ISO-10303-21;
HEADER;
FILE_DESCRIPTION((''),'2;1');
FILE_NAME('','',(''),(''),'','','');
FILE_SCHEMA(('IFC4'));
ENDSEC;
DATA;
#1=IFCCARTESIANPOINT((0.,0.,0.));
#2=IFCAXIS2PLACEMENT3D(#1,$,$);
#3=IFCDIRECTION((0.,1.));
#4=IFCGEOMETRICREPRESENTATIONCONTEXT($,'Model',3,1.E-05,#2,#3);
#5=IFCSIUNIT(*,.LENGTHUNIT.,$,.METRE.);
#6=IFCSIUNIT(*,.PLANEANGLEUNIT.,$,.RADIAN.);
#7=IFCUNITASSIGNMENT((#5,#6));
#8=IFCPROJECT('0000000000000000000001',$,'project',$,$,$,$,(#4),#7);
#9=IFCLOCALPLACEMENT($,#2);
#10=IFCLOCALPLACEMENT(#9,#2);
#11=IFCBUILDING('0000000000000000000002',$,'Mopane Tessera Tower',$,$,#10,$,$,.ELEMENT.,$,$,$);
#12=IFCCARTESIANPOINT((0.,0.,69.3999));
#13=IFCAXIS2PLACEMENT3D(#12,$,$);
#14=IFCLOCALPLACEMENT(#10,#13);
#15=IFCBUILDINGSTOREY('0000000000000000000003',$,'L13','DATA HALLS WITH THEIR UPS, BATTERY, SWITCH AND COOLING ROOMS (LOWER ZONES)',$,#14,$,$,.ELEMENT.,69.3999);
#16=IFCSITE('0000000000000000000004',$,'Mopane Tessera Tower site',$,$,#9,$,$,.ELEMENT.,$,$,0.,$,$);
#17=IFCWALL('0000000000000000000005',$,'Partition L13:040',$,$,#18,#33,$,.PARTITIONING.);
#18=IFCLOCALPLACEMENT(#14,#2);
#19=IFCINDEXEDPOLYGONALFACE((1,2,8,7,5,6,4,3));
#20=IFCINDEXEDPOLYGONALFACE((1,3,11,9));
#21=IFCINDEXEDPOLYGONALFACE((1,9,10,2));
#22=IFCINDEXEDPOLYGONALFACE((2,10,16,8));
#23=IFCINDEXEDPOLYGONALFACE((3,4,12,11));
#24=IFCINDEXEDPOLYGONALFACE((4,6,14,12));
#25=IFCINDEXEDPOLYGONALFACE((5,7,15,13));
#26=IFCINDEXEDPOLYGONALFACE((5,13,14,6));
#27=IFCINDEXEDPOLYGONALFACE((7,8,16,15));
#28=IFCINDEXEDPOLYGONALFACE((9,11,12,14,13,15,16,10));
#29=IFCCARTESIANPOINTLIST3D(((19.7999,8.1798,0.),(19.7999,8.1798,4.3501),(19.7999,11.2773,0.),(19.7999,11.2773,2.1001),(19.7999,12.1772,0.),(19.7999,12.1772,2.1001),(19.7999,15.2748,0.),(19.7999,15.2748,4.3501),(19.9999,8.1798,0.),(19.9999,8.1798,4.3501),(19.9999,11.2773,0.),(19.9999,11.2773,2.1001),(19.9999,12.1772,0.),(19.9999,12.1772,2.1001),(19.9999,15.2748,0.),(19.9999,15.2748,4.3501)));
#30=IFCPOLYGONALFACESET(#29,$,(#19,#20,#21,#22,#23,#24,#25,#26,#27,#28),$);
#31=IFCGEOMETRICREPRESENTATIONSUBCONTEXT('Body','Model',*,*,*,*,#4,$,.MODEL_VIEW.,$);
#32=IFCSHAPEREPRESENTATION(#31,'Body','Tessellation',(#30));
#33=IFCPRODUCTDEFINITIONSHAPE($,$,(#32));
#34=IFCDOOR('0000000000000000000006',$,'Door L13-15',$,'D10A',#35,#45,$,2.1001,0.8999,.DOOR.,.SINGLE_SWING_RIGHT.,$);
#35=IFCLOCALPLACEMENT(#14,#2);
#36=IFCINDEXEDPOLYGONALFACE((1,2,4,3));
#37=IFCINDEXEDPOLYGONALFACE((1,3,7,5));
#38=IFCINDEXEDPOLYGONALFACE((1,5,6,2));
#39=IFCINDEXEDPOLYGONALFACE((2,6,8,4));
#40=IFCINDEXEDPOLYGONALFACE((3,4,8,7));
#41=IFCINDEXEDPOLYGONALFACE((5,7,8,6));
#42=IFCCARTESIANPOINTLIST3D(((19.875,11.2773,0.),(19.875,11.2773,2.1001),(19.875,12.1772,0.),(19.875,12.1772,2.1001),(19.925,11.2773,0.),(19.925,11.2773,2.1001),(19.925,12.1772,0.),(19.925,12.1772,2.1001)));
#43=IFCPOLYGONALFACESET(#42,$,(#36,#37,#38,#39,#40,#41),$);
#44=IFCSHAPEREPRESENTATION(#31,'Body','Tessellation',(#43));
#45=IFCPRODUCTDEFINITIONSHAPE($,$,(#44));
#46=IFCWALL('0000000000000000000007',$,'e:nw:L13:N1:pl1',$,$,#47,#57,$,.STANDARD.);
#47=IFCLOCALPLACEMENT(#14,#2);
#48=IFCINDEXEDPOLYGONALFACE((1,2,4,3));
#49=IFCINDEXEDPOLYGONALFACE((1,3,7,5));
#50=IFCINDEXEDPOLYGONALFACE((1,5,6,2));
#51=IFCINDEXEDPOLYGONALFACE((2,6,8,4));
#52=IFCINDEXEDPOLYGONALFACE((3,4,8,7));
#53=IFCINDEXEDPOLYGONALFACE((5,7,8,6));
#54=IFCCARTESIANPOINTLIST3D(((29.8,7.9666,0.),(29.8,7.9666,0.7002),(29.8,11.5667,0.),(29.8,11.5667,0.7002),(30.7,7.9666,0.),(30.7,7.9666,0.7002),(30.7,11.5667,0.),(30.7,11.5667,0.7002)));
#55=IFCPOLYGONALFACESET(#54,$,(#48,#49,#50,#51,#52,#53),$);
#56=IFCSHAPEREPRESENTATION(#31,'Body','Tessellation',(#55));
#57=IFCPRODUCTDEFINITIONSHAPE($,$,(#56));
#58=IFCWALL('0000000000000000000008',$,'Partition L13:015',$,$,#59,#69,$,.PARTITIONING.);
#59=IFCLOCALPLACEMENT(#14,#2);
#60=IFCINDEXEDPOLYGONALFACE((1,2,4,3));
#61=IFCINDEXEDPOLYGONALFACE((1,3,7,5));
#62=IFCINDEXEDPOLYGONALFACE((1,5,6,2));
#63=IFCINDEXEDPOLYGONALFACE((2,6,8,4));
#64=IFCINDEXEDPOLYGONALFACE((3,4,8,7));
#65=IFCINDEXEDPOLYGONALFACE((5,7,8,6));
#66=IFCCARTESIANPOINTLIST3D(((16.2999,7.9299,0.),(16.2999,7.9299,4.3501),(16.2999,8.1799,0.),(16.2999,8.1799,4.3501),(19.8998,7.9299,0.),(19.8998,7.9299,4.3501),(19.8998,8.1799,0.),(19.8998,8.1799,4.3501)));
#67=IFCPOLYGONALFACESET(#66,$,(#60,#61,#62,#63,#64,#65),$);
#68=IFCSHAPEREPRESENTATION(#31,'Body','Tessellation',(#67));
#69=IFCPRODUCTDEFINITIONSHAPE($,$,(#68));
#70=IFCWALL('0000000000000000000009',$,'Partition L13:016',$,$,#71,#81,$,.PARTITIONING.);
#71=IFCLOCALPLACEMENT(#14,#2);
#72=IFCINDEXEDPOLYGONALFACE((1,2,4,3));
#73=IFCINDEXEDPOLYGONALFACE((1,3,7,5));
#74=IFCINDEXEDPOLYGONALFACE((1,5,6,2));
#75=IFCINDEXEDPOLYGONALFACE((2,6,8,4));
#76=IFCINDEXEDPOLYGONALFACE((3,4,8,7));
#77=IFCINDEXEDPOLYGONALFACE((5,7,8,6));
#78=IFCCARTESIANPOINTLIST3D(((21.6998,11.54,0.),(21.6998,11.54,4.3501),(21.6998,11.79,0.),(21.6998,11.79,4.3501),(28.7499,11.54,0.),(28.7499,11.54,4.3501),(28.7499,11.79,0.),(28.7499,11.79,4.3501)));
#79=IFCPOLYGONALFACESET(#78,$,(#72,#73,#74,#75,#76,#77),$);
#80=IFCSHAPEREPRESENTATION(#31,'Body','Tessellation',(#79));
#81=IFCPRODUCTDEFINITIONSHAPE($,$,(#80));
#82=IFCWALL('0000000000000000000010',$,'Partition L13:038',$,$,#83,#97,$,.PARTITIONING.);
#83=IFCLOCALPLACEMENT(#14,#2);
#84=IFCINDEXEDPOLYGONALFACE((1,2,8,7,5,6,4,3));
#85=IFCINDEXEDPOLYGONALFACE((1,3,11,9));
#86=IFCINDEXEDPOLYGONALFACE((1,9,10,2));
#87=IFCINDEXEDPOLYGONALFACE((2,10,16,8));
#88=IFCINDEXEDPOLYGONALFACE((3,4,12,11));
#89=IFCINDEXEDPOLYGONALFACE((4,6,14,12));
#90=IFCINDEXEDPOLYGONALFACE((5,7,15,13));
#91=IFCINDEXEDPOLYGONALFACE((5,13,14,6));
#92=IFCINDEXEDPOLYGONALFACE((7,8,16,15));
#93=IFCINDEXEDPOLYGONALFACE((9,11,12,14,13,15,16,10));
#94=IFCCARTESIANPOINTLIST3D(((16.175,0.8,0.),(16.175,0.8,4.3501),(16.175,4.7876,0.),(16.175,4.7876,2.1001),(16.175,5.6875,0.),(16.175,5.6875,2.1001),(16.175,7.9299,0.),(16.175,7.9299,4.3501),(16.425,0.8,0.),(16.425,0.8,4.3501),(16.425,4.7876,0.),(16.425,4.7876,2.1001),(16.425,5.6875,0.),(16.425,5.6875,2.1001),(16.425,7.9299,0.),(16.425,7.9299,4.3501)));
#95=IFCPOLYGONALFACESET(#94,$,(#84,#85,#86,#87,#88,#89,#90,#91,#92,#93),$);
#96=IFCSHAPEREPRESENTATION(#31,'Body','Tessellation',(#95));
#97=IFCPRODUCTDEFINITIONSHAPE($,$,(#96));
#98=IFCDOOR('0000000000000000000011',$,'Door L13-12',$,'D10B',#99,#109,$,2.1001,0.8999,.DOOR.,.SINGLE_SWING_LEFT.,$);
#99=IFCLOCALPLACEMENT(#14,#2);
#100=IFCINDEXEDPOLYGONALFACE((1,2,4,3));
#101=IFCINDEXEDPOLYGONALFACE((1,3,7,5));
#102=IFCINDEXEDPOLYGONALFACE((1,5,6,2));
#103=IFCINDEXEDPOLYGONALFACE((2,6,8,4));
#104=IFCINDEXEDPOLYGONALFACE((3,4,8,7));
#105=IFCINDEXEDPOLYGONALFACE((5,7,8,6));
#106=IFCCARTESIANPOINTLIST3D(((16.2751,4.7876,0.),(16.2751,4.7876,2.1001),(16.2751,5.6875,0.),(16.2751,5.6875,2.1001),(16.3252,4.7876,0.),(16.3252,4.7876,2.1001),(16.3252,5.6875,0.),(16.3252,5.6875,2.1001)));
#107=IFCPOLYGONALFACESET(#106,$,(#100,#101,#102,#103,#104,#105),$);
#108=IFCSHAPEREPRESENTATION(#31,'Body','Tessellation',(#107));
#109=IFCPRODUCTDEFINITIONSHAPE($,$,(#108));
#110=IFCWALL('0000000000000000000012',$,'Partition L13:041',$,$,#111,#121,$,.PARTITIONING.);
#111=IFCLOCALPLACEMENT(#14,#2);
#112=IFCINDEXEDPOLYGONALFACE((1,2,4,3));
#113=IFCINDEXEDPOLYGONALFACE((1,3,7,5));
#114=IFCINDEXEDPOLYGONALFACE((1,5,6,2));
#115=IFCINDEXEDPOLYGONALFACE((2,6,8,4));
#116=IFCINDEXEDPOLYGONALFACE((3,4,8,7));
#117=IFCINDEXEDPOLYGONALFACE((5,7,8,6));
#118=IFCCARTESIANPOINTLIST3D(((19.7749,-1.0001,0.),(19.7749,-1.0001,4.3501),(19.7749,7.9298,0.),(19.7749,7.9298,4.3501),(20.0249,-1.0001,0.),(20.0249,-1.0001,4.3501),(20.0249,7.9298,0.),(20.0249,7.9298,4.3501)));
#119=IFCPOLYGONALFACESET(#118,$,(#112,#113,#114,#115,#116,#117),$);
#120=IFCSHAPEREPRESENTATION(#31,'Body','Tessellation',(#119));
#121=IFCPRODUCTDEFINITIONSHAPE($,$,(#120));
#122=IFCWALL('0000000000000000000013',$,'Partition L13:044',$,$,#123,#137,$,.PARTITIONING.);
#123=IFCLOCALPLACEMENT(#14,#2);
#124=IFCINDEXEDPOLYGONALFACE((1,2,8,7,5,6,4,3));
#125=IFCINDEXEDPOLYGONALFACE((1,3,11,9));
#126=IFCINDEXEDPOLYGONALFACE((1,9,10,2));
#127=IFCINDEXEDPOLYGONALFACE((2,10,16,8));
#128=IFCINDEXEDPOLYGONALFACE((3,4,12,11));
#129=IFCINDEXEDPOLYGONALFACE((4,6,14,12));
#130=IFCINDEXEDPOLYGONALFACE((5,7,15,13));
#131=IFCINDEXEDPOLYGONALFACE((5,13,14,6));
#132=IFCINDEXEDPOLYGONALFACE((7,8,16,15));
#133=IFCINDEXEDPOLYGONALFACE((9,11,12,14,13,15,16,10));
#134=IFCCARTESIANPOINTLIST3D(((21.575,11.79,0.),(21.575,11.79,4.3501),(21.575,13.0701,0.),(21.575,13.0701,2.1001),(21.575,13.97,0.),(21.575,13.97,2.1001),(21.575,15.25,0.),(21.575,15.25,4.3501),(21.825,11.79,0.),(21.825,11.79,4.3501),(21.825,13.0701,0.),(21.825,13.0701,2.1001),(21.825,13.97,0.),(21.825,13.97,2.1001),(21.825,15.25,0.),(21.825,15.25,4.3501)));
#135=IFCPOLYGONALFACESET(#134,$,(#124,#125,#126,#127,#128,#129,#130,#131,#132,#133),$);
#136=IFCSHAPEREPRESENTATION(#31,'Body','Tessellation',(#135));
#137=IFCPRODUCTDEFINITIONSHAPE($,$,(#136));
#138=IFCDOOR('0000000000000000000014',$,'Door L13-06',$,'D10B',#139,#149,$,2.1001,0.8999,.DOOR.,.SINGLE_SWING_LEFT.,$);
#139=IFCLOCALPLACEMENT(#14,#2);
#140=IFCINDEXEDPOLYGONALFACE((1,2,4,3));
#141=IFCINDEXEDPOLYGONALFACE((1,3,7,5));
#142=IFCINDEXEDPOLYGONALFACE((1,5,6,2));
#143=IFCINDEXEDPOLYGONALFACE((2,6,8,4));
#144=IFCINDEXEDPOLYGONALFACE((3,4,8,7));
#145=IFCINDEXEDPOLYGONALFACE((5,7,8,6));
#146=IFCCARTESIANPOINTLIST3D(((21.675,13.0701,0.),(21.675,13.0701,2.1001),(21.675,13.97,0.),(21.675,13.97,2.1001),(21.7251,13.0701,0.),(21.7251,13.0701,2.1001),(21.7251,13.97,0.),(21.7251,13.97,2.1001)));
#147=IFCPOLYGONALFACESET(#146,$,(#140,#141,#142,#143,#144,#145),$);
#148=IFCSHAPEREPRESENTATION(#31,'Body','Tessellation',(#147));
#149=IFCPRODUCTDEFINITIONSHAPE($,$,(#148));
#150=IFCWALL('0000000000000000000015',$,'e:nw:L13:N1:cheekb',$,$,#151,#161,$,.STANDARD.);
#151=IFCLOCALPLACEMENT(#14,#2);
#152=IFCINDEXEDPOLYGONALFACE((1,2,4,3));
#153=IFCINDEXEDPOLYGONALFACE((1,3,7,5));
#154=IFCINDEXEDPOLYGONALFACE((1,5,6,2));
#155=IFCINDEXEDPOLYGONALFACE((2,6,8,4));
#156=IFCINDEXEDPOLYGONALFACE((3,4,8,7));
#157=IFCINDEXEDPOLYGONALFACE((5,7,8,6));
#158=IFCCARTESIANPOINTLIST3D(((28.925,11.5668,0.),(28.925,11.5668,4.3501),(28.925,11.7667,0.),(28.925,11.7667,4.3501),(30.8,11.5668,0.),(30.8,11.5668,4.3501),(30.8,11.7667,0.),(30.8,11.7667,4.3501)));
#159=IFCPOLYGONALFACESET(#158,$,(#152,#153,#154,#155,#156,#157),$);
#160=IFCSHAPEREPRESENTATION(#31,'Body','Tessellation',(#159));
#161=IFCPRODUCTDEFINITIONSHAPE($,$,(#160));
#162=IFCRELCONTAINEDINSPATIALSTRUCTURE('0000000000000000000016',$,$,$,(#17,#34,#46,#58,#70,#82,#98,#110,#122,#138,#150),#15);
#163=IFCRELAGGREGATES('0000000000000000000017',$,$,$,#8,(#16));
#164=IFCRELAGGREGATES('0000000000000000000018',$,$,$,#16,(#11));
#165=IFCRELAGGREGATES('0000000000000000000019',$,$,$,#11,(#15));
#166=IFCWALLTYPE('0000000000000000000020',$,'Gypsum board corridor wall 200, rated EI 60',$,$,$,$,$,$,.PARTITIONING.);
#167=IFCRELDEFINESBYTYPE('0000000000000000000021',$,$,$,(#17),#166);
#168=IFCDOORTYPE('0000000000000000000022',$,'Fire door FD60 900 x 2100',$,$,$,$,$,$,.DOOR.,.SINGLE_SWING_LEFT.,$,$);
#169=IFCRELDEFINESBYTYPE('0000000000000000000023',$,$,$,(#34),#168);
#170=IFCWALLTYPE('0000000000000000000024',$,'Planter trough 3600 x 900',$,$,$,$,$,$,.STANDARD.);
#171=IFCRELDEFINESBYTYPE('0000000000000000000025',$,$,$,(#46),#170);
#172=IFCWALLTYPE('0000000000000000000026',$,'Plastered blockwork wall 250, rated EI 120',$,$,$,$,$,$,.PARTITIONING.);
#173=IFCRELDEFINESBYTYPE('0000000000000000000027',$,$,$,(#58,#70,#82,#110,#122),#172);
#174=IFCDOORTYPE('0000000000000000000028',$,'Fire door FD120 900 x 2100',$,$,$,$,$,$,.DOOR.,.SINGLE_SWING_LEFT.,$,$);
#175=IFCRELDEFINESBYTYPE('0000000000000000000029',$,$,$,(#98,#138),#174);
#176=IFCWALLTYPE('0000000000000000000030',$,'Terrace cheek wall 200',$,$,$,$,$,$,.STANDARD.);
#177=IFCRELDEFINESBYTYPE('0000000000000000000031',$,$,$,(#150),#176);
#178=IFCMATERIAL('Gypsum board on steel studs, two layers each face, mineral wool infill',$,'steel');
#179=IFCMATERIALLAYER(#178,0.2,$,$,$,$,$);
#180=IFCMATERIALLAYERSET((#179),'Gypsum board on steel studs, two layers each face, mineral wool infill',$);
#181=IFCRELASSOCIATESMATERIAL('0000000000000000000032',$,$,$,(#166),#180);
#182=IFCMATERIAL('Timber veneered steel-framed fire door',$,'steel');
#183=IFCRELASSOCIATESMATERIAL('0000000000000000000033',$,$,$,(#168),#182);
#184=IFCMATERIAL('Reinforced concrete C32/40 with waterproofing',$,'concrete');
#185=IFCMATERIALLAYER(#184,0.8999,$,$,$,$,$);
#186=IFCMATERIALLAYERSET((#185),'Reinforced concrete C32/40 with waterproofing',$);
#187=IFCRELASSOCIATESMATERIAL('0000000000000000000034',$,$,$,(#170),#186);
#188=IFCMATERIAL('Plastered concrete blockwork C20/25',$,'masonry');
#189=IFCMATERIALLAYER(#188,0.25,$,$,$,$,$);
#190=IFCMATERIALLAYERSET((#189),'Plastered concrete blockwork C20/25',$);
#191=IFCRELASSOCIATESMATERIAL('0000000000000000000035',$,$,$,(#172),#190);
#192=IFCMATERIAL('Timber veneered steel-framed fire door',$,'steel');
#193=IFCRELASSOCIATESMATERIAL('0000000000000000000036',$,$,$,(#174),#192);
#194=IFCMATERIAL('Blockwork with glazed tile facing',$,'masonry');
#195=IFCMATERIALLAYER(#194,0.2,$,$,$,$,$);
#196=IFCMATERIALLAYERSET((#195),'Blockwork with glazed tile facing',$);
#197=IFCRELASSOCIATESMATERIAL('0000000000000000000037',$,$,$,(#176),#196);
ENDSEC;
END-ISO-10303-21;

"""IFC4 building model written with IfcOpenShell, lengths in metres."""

from ifc_helpers import new_model, si_unit, direction, frame, frame_2d, origin, place, context, subcontext, project, spatial, rectangle, extrude, material, layer, layer_set, type_object, element, fill, save


model = new_model("IFC4")

# Units and contexts
model_context = context("Model", 3, precision=1e-05, world=origin(), true_north=direction((0.0, 1.0)))
body_context = subcontext(model_context, "Body", "Model", "MODEL_VIEW")
ifc_project = project(units=[si_unit("LENGTHUNIT", "METRE"), si_unit("PLANEANGLEUNIT", "RADIAN")], contexts=[model_context])

# Site, building, storey
site_placement = place(None, origin())
site = spatial("IfcSite", under=ifc_project, at=site_placement, Name="Mopane Tessera Tower site", CompositionType="ELEMENT", RefElevation=0.0)
building_placement = place(site_placement, origin())
building = spatial("IfcBuilding", under=site, at=building_placement, Name="Mopane Tessera Tower", CompositionType="ELEMENT")
storey_placement = place(building_placement, frame((0.0, 0.0, 69.3999)))
storey = spatial("IfcBuildingStorey", under=building, at=storey_placement, Name="L13", Description="DATA HALLS WITH THEIR UPS, BATTERY, SWITCH AND COOLING ROOMS (LOWER ZONES)", CompositionType="ELEMENT", Elevation=69.3999)

# Shared definitions
ifc_material_1 = material(Name="Gypsum board on steel studs, two layers each face, mineral wool infill", Category="steel")
ifc_layer_1 = layer(ifc_material_1, 0.2)
ifc_layer_set_1 = layer_set([ifc_layer_1], Name="Gypsum board on steel studs, two layers each face, mineral wool infill")
wall_type_1 = type_object("IfcWallType", Name="Gypsum board corridor wall 200, rated EI 60", PredefinedType="PARTITIONING", material=ifc_layer_set_1)

# Wall, opening, door
wall_1_placement = place(storey_placement, frame((19.8999, 8.1799, 0.0), z_axis=(0.0, 0.0, 1.0), x_axis=(0.0, 1.0, 0.0)))
wall_1 = element("IfcWall", 1, at=wall_1_placement, inside=storey, type_object=wall_type_1, Name="Partition L13:040", PredefinedType="PARTITIONING", context=body_context, shape_type="SweptSolid", body=[
    extrude(rectangle(XDim=7.095, YDim=0.2, at=frame_2d((3.5474, 0.0))), origin(), (0.0, 0.0, 1.0), 4.3501),
])
opening_1_placement = place(wall_1_placement, frame((3.0974, 0.0, 0.0)))
opening_1 = element("IfcOpeningElement", 2, at=opening_1_placement, cuts=wall_1, PredefinedType="OPENING", context=body_context, shape_type="SweptSolid", body=[
    extrude(rectangle(XDim=0.8999, YDim=2.1001, at=frame_2d((0.45, 1.05))), frame((0.0, 0.1121, 0.0), z_axis=(0.0, -1.0, 0.0), x_axis=(1.0, 0.0, 0.0)), (0.0, 0.0, 1.0), 0.2239),
])
ifc_material_2 = material(Name="Timber veneered steel-framed fire door", Category="steel")
door_type_1 = type_object("IfcDoorType", Name="Fire door FD60 900 x 2100", OperationType="SINGLE_SWING_LEFT", PredefinedType="DOOR", material=ifc_material_2)
door_1_placement = place(opening_1_placement, origin())
door_1 = element("IfcDoor", 3, at=door_1_placement, inside=storey, type_object=door_type_1, Name="Door L13-15", ObjectType="D10A", OperationType="SINGLE_SWING_RIGHT", OverallHeight=2.1001, OverallWidth=0.8999, PredefinedType="DOOR", context=body_context, shape_type="SweptSolid", body=[
    extrude(rectangle(XDim=0.8999, YDim=2.1001, at=frame_2d((0.45, 1.05))), frame((0.0, 0.0249, 0.0), z_axis=(0.0, -1.0, 0.0), x_axis=(1.0, 0.0, 0.0)), (0.0, 0.0, 1.0), 0.05),
])
fill(opening_1, door_1)

# Walls
ifc_material_3 = material(Name="Reinforced concrete C32/40 with waterproofing", Category="concrete")
ifc_layer_2 = layer(ifc_material_3, 0.8999)
ifc_layer_set_2 = layer_set([ifc_layer_2], Name="Reinforced concrete C32/40 with waterproofing")
wall_type_2 = type_object("IfcWallType", Name="Planter trough 3600 x 900", PredefinedType="STANDARD", material=ifc_layer_set_2)
wall_2_placement = place(storey_placement, frame((30.25, 7.9666, 0.0), z_axis=(0.0, 0.0, 1.0), x_axis=(0.0, 1.0, 0.0)))
element("IfcWall", 4, at=wall_2_placement, inside=storey, type_object=wall_type_2, Name="e:nw:L13:N1:pl1", PredefinedType="STANDARD", context=body_context, shape_type="SweptSolid", body=[
    extrude(rectangle(XDim=3.6001, YDim=0.8999, at=frame_2d((1.8, 0.0))), origin(), (0.0, 0.0, 1.0), 0.7002),
])
ifc_material_4 = material(Name="Plastered concrete blockwork C20/25", Category="masonry")
ifc_layer_3 = layer(ifc_material_4, 0.25)
ifc_layer_set_3 = layer_set([ifc_layer_3], Name="Plastered concrete blockwork C20/25")
wall_type_3 = type_object("IfcWallType", Name="Plastered blockwork wall 250, rated EI 120", PredefinedType="PARTITIONING", material=ifc_layer_set_3)
wall_3_placement = place(storey_placement, frame((16.3, 8.0549, 0.0), z_axis=(0.0, 0.0, 1.0), x_axis=(1.0, 0.0, 0.0)))
element("IfcWall", 5, at=wall_3_placement, inside=storey, type_object=wall_type_3, Name="Partition L13:015", PredefinedType="PARTITIONING", context=body_context, shape_type="SweptSolid", body=[
    extrude(rectangle(XDim=3.5999, YDim=0.25, at=frame_2d((1.7998, 0.0))), origin(), (0.0, 0.0, 1.0), 4.3501),
])
wall_4_placement = place(storey_placement, frame((21.7, 11.665, 0.0), z_axis=(0.0, 0.0, 1.0), x_axis=(1.0, 0.0, 0.0)))
element("IfcWall", 6, at=wall_4_placement, inside=storey, type_object=wall_type_3, Name="Partition L13:016", PredefinedType="PARTITIONING", context=body_context, shape_type="SweptSolid", body=[
    extrude(rectangle(XDim=7.05, YDim=0.25, at=frame_2d((3.5249, 0.0))), origin(), (0.0, 0.0, 1.0), 4.3501),
])

# Wall, opening, door
wall_5_placement = place(storey_placement, frame((16.3, 0.8, 0.0), z_axis=(0.0, 0.0, 1.0), x_axis=(0.0, 1.0, 0.0)))
wall_5 = element("IfcWall", 7, at=wall_5_placement, inside=storey, type_object=wall_type_3, Name="Partition L13:038", PredefinedType="PARTITIONING", context=body_context, shape_type="SweptSolid", body=[
    extrude(rectangle(XDim=7.1299, YDim=0.25, at=frame_2d((3.5649, 0.0))), origin(), (0.0, 0.0, 1.0), 4.3501),
])
opening_2_placement = place(wall_5_placement, frame((3.9875, 0.0, 0.0)))
opening_2 = element("IfcOpeningElement", 8, at=opening_2_placement, cuts=wall_5, PredefinedType="OPENING", context=body_context, shape_type="SweptSolid", body=[
    extrude(rectangle(XDim=0.8999, YDim=2.1001, at=frame_2d((0.45, 1.05))), frame((0.0, 0.137, 0.0), z_axis=(0.0, -1.0, 0.0), x_axis=(1.0, 0.0, 0.0)), (0.0, 0.0, 1.0), 0.2739),
])
ifc_material_5 = material(Name="Timber veneered steel-framed fire door", Category="steel")
door_type_2 = type_object("IfcDoorType", Name="Fire door FD120 900 x 2100", OperationType="SINGLE_SWING_LEFT", PredefinedType="DOOR", material=ifc_material_5)
door_2_placement = place(opening_2_placement, origin())
door_2 = element("IfcDoor", 9, at=door_2_placement, inside=storey, type_object=door_type_2, Name="Door L13-12", ObjectType="D10B", OperationType="SINGLE_SWING_LEFT", OverallHeight=2.1001, OverallWidth=0.8999, PredefinedType="DOOR", context=body_context, shape_type="SweptSolid", body=[
    extrude(rectangle(XDim=0.8999, YDim=2.1001, at=frame_2d((0.45, 1.05))), frame((0.0, 0.0249, 0.0), z_axis=(0.0, -1.0, 0.0), x_axis=(1.0, 0.0, 0.0)), (0.0, 0.0, 1.0), 0.05),
])
fill(opening_2, door_2)

# Wall
wall_6_placement = place(storey_placement, frame((19.8999, -1.0, 0.0), z_axis=(0.0, 0.0, 1.0), x_axis=(0.0, 1.0, 0.0)))
element("IfcWall", 10, at=wall_6_placement, inside=storey, type_object=wall_type_3, Name="Partition L13:041", PredefinedType="PARTITIONING", context=body_context, shape_type="SweptSolid", body=[
    extrude(rectangle(XDim=8.9299, YDim=0.25, at=frame_2d((4.4648, 0.0))), origin(), (0.0, 0.0, 1.0), 4.3501),
])

# Wall, opening, door
wall_7_placement = place(storey_placement, frame((21.7, 11.79, 0.0), z_axis=(0.0, 0.0, 1.0), x_axis=(0.0, 1.0, 0.0)))
wall_7 = element("IfcWall", 11, at=wall_7_placement, inside=storey, type_object=wall_type_3, Name="Partition L13:044", PredefinedType="PARTITIONING", context=body_context, shape_type="SweptSolid", body=[
    extrude(rectangle(XDim=3.46, YDim=0.25, at=frame_2d((1.73, 0.0))), origin(), (0.0, 0.0, 1.0), 4.3501),
])
opening_3_placement = place(wall_7_placement, frame((1.28, 0.0, 0.0)))
opening_3 = element("IfcOpeningElement", 12, at=opening_3_placement, cuts=wall_7, PredefinedType="OPENING", context=body_context, shape_type="SweptSolid", body=[
    extrude(rectangle(XDim=0.8999, YDim=2.1001, at=frame_2d((0.45, 1.05))), frame((0.0, 0.137, 0.0), z_axis=(0.0, -1.0, 0.0), x_axis=(1.0, 0.0, 0.0)), (0.0, 0.0, 1.0), 0.2739),
])
door_3_placement = place(opening_3_placement, origin())
door_3 = element("IfcDoor", 13, at=door_3_placement, inside=storey, type_object=door_type_2, Name="Door L13-06", ObjectType="D10B", OperationType="SINGLE_SWING_LEFT", OverallHeight=2.1001, OverallWidth=0.8999, PredefinedType="DOOR", context=body_context, shape_type="SweptSolid", body=[
    extrude(rectangle(XDim=0.8999, YDim=2.1001, at=frame_2d((0.45, 1.05))), frame((0.0, 0.0249, 0.0), z_axis=(0.0, -1.0, 0.0), x_axis=(1.0, 0.0, 0.0)), (0.0, 0.0, 1.0), 0.05),
])
fill(opening_3, door_3)

# Wall
ifc_material_6 = material(Name="Blockwork with glazed tile facing", Category="masonry")
ifc_layer_4 = layer(ifc_material_6, 0.2)
ifc_layer_set_4 = layer_set([ifc_layer_4], Name="Blockwork with glazed tile facing")
wall_type_4 = type_object("IfcWallType", Name="Terrace cheek wall 200", PredefinedType="STANDARD", material=ifc_layer_set_4)
wall_8_placement = place(storey_placement, frame((30.8, 11.6667, 0.0), z_axis=(0.0, 0.0, 1.0), x_axis=(-1.0, 0.0, 0.0)))
element("IfcWall", 14, at=wall_8_placement, inside=storey, type_object=wall_type_4, Name="e:nw:L13:N1:cheekb", PredefinedType="STANDARD", context=body_context, shape_type="SweptSolid", body=[
    extrude(rectangle(XDim=1.875, YDim=0.2, at=frame_2d((0.9375, 0.0))), origin(), (0.0, 0.0, 1.0), 4.3501),
])

save(model, "model.ifc")
